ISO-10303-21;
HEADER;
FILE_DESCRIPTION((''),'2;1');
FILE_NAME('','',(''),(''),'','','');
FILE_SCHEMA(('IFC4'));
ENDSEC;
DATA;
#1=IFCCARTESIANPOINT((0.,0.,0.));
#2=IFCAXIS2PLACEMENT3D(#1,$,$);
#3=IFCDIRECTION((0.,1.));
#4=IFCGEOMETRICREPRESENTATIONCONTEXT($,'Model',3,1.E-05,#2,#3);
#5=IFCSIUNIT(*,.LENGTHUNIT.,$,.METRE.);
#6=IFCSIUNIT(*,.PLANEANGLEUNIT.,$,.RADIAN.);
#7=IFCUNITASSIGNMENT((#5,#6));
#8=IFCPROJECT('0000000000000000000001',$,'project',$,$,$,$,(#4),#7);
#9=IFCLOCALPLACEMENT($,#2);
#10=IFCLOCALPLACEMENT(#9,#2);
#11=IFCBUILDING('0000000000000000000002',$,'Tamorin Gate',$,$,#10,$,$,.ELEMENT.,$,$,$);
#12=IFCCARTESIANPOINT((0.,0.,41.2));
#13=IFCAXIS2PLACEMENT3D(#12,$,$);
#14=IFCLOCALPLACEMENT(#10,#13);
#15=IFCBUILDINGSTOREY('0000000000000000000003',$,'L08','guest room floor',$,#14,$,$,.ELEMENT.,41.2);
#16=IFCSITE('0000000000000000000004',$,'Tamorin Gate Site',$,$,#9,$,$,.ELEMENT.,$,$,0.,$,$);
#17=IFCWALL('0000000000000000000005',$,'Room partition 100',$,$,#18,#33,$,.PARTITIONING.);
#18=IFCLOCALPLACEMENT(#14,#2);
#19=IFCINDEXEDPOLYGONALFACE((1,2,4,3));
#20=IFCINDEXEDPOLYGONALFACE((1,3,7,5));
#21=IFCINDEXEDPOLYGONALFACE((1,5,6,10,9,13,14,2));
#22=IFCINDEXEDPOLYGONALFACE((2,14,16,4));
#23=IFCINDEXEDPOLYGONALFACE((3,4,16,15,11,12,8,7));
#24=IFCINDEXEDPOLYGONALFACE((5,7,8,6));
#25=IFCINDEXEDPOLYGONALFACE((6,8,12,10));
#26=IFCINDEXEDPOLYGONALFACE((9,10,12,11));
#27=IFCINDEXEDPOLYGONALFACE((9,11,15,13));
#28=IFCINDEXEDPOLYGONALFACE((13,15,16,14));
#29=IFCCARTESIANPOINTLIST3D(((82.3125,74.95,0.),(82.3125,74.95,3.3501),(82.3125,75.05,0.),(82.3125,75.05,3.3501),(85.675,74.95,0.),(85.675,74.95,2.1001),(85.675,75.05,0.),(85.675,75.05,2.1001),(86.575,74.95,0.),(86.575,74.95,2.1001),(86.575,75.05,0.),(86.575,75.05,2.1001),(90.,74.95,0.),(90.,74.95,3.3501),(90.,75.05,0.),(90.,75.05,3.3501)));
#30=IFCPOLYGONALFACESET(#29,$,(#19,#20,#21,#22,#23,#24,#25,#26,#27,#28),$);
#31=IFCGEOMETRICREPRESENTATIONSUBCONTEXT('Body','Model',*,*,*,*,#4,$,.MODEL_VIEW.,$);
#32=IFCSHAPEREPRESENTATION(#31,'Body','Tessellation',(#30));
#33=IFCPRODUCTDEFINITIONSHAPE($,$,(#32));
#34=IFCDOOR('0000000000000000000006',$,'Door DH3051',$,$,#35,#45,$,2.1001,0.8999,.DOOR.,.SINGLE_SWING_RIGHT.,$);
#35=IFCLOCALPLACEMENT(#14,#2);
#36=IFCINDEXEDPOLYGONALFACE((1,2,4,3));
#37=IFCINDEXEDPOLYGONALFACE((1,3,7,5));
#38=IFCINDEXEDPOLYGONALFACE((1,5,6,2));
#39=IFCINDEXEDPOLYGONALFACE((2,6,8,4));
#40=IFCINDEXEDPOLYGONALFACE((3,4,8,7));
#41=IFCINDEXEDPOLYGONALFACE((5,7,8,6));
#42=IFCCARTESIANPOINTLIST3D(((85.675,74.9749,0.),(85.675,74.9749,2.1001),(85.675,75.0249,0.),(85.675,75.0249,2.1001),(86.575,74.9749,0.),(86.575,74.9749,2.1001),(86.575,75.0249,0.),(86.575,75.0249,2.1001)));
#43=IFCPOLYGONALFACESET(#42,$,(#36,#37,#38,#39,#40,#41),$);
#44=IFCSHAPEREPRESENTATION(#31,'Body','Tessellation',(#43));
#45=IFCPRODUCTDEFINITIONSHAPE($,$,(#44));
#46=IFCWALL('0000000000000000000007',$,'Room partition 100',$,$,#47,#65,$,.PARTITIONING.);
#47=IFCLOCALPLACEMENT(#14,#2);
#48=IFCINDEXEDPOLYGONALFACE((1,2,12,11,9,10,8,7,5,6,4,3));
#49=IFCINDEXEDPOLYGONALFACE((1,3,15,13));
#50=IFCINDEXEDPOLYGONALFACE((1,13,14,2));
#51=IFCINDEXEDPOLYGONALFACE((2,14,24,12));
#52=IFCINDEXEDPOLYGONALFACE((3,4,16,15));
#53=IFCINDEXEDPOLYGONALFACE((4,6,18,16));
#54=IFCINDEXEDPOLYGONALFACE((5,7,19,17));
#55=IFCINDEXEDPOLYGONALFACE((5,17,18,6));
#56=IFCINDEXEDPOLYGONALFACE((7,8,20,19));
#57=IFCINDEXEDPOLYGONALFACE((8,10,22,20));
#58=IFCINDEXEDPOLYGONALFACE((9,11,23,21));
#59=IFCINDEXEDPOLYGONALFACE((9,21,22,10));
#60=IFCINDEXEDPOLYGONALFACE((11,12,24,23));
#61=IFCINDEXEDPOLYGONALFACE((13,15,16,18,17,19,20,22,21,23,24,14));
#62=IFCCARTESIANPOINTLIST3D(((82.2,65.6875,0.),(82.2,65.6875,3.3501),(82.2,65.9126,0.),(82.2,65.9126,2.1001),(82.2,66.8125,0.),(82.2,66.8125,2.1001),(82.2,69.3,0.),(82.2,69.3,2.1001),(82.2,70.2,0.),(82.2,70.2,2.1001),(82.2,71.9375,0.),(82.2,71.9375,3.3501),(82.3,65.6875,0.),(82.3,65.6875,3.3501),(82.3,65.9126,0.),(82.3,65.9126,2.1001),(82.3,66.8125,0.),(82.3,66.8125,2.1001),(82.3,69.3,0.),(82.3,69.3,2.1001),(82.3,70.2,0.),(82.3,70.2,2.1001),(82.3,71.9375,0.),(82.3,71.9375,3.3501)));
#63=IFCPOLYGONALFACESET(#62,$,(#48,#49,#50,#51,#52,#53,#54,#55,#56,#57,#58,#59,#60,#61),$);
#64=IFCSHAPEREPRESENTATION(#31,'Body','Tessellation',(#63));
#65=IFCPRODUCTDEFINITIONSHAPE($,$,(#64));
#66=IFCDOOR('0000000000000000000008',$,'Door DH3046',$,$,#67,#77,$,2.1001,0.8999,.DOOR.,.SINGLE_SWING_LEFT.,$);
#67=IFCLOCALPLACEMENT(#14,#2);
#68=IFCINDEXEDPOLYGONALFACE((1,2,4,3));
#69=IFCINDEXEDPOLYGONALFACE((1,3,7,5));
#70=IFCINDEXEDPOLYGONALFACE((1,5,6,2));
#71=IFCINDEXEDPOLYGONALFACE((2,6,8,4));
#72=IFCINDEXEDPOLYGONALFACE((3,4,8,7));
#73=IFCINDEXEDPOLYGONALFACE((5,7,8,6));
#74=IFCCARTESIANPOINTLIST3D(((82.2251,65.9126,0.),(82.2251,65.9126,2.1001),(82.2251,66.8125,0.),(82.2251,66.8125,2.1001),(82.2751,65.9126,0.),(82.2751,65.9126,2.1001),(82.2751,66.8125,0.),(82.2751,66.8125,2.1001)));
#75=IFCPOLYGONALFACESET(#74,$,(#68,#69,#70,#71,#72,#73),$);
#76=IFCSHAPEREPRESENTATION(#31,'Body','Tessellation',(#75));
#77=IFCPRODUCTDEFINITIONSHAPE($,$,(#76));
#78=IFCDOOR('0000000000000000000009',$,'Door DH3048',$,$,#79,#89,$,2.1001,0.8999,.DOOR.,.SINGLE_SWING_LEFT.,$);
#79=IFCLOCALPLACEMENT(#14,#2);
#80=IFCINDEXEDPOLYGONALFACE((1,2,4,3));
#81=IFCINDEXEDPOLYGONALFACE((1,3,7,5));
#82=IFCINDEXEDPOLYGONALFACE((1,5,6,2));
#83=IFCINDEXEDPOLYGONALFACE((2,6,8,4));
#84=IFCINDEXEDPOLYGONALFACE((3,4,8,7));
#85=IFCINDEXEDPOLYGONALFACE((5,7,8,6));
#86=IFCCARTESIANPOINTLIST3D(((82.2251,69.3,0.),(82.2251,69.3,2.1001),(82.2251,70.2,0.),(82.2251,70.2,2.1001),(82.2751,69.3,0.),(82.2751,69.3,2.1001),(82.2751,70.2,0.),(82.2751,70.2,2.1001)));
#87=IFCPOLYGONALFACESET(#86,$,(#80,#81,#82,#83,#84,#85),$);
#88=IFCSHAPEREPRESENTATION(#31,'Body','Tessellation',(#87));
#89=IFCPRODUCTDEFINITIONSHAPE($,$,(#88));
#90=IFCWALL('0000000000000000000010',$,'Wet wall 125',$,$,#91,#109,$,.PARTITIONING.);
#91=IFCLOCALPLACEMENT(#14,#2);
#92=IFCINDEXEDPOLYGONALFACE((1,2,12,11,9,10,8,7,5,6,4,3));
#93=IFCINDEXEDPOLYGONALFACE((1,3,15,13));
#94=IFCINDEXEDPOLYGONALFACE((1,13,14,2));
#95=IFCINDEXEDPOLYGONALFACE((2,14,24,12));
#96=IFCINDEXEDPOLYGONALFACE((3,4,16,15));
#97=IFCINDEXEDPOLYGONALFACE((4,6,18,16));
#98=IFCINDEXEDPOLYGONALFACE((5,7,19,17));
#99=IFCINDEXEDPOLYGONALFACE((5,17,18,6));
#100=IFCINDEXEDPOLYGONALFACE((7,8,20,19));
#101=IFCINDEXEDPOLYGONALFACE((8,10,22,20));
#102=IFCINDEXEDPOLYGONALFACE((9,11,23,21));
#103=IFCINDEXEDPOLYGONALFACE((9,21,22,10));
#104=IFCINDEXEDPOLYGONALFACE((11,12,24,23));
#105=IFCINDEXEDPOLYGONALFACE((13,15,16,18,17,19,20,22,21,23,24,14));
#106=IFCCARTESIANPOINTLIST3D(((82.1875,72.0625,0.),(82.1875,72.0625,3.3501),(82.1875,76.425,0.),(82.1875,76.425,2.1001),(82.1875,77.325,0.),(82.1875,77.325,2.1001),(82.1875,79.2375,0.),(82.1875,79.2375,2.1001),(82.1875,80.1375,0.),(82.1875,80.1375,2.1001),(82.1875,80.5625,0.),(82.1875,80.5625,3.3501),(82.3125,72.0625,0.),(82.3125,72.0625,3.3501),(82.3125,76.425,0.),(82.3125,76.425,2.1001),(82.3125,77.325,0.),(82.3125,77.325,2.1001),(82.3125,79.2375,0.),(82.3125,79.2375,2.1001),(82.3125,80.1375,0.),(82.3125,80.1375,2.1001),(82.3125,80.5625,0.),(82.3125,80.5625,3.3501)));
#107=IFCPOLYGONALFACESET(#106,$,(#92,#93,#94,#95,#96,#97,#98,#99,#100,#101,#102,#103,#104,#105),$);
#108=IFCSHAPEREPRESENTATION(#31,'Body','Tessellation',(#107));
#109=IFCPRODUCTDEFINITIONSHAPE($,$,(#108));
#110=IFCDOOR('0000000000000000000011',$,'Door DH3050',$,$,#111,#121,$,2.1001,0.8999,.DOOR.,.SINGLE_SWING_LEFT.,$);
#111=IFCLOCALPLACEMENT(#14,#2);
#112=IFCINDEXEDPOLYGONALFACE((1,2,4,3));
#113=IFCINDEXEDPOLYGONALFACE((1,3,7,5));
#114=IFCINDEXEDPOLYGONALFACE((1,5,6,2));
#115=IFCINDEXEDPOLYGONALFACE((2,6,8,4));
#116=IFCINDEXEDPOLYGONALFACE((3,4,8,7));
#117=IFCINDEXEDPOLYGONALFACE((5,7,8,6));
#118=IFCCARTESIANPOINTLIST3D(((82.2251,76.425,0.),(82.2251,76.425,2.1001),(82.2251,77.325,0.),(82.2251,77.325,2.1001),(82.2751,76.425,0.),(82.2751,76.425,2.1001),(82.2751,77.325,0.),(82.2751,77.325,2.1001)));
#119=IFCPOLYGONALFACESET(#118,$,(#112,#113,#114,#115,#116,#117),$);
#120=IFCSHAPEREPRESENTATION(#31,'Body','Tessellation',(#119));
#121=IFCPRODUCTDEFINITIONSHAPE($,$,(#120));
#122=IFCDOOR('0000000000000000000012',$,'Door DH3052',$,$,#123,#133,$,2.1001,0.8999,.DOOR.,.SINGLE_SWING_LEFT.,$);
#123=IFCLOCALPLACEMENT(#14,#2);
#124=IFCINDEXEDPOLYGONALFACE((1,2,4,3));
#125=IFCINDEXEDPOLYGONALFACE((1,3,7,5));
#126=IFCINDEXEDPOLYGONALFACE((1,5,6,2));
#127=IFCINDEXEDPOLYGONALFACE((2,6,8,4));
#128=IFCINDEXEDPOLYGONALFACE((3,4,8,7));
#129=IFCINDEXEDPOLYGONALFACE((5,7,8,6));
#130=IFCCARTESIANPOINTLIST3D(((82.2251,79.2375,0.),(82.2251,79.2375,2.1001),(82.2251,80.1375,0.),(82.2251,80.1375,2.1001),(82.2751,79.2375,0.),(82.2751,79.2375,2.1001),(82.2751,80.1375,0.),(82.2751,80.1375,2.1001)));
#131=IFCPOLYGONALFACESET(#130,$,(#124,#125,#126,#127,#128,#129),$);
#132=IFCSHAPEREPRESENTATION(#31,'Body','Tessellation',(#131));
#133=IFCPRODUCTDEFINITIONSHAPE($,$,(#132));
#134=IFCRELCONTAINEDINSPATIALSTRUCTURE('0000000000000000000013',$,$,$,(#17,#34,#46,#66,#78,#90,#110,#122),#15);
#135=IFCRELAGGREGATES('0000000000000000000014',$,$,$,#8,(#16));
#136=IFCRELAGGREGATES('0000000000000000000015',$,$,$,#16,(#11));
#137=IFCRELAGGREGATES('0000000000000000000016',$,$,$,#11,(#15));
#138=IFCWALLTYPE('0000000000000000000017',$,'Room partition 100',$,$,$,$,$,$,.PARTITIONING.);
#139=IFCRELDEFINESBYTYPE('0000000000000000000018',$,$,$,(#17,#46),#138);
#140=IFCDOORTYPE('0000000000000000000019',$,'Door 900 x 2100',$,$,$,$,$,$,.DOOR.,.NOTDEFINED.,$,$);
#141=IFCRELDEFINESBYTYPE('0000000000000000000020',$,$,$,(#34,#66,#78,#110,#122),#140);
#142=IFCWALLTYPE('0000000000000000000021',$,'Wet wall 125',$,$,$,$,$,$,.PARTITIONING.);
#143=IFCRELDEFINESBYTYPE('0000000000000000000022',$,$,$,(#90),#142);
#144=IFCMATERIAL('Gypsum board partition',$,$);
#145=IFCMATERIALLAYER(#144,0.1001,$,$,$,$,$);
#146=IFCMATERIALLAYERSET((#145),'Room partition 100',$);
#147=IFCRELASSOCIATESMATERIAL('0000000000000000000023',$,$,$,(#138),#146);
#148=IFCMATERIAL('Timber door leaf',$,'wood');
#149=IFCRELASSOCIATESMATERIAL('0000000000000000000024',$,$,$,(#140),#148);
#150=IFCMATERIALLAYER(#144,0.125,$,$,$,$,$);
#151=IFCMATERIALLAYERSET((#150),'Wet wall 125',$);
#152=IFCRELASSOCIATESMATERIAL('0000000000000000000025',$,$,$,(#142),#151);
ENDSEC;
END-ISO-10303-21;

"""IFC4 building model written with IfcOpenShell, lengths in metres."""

from ifc_helpers import new_model, si_unit, direction, frame, frame_2d, origin, place, context, subcontext, project, spatial, rectangle, extrude, material, layer, layer_set, type_object, element, fill, save


model = new_model("IFC4")

# Units and contexts
model_context = context("Model", 3, precision=1e-05, world=origin(), true_north=direction((0.0, 1.0)))
body_context = subcontext(model_context, "Body", "Model", "MODEL_VIEW")
ifc_project = project(units=[si_unit("LENGTHUNIT", "METRE"), si_unit("PLANEANGLEUNIT", "RADIAN")], contexts=[model_context])

# Site, building, storey
site_placement = place(None, origin())
site = spatial("IfcSite", under=ifc_project, at=site_placement, Name="Tamorin Gate Site", CompositionType="ELEMENT", RefElevation=0.0)
building_placement = place(site_placement, origin())
building = spatial("IfcBuilding", under=site, at=building_placement, Name="Tamorin Gate", CompositionType="ELEMENT")
storey_placement = place(building_placement, frame((0.0, 0.0, 41.2)))
storey = spatial("IfcBuildingStorey", under=building, at=storey_placement, Name="L08", Description="guest room floor", CompositionType="ELEMENT", Elevation=41.2)

# Wall, opening, door
ifc_material_1 = material(Name="Gypsum board partition")
ifc_layer_1 = layer(ifc_material_1, 0.1001)
ifc_layer_set_1 = layer_set([ifc_layer_1], Name="Room partition 100")
wall_type_1 = type_object("IfcWallType", Name="Room partition 100", PredefinedType="PARTITIONING", material=ifc_layer_set_1)
wall_1_placement = place(storey_placement, frame((82.3125, 75.0, 0.0), z_axis=(0.0, 0.0, 1.0), x_axis=(1.0, 0.0, 0.0)))
wall_1 = element("IfcWall", 1, at=wall_1_placement, inside=storey, type_object=wall_type_1, Name="Room partition 100", PredefinedType="PARTITIONING", context=body_context, shape_type="SweptSolid", body=[
    extrude(rectangle(XDim=7.6875, YDim=0.1001, at=frame_2d((3.8438, 0.0))), origin(), (0.0, 0.0, 1.0), 3.3501),
])
opening_1_placement = place(wall_1_placement, frame((3.3625, 0.0, 0.0)))
opening_1 = element("IfcOpeningElement", 2, at=opening_1_placement, cuts=wall_1, PredefinedType="OPENING", context=body_context, shape_type="SweptSolid", body=[
    extrude(rectangle(XDim=0.8999, YDim=2.1001, at=frame_2d((0.45, 1.05))), frame((0.0, 0.0601, 0.0), z_axis=(0.0, -1.0, 0.0), x_axis=(1.0, 0.0, 0.0)), (0.0, 0.0, 1.0), 0.1201),
])
ifc_material_2 = material(Name="Timber door leaf", Category="wood")
door_type = type_object("IfcDoorType", Name="Door 900 x 2100", OperationType="NOTDEFINED", PredefinedType="DOOR", material=ifc_material_2)
door_1_placement = place(opening_1_placement, origin())
door_1 = element("IfcDoor", 3, at=door_1_placement, inside=storey, type_object=door_type, Name="Door DH3051", OperationType="SINGLE_SWING_RIGHT", OverallHeight=2.1001, OverallWidth=0.8999, PredefinedType="DOOR", context=body_context, shape_type="SweptSolid", body=[
    extrude(rectangle(XDim=0.8999, YDim=2.1001, at=frame_2d((0.45, 1.05))), frame((0.0, 0.0249, 0.0), z_axis=(0.0, -1.0, 0.0), x_axis=(1.0, 0.0, 0.0)), (0.0, 0.0, 1.0), 0.05),
])
fill(opening_1, door_1)

# Walls, openings, doors
wall_2_placement = place(storey_placement, frame((82.25, 65.6875, 0.0), z_axis=(0.0, 0.0, 1.0), x_axis=(0.0, 1.0, 0.0)))
wall_2 = element("IfcWall", 4, at=wall_2_placement, inside=storey, type_object=wall_type_1, Name="Room partition 100", PredefinedType="PARTITIONING", context=body_context, shape_type="SweptSolid", body=[
    extrude(rectangle(XDim=6.25, YDim=0.1001, at=frame_2d((3.125, 0.0))), origin(), (0.0, 0.0, 1.0), 3.3501),
])
opening_2_placement = place(wall_2_placement, frame((0.2251, 0.0, 0.0)))
opening_2 = element("IfcOpeningElement", 5, at=opening_2_placement, cuts=wall_2, PredefinedType="OPENING", context=body_context, shape_type="SweptSolid", body=[
    extrude(rectangle(XDim=0.8999, YDim=2.1001, at=frame_2d((0.45, 1.05))), frame((0.0, 0.0601, 0.0), z_axis=(0.0, -1.0, 0.0), x_axis=(1.0, 0.0, 0.0)), (0.0, 0.0, 1.0), 0.1201),
])
opening_3_placement = place(wall_2_placement, frame((3.6125, 0.0, 0.0)))
opening_3 = element("IfcOpeningElement", 6, at=opening_3_placement, cuts=wall_2, PredefinedType="OPENING", context=body_context, shape_type="SweptSolid", body=[
    extrude(rectangle(XDim=0.8999, YDim=2.1001, at=frame_2d((0.45, 1.05))), frame((0.0, 0.0601, 0.0), z_axis=(0.0, -1.0, 0.0), x_axis=(1.0, 0.0, 0.0)), (0.0, 0.0, 1.0), 0.1201),
])
door_2_placement = place(opening_2_placement, origin())
door_2 = element("IfcDoor", 7, at=door_2_placement, inside=storey, type_object=door_type, Name="Door DH3046", OperationType="SINGLE_SWING_LEFT", OverallHeight=2.1001, OverallWidth=0.8999, PredefinedType="DOOR", context=body_context, shape_type="SweptSolid", body=[
    extrude(rectangle(XDim=0.8999, YDim=2.1001, at=frame_2d((0.45, 1.05))), frame((0.0, 0.0249, 0.0), z_axis=(0.0, -1.0, 0.0), x_axis=(1.0, 0.0, 0.0)), (0.0, 0.0, 1.0), 0.05),
])
fill(opening_2, door_2)
door_3_placement = place(opening_3_placement, origin())
door_3 = element("IfcDoor", 8, at=door_3_placement, inside=storey, type_object=door_type, Name="Door DH3048", OperationType="SINGLE_SWING_LEFT", OverallHeight=2.1001, OverallWidth=0.8999, PredefinedType="DOOR", context=body_context, shape_type="SweptSolid", body=[
    extrude(rectangle(XDim=0.8999, YDim=2.1001, at=frame_2d((0.45, 1.05))), frame((0.0, 0.0249, 0.0), z_axis=(0.0, -1.0, 0.0), x_axis=(1.0, 0.0, 0.0)), (0.0, 0.0, 1.0), 0.05),
])
fill(opening_3, door_3)
ifc_layer_2 = layer(ifc_material_1, 0.125)
ifc_layer_set_2 = layer_set([ifc_layer_2], Name="Wet wall 125")
wall_type_2 = type_object("IfcWallType", Name="Wet wall 125", PredefinedType="PARTITIONING", material=ifc_layer_set_2)
wall_3_placement = place(storey_placement, frame((82.25, 72.0625, 0.0), z_axis=(0.0, 0.0, 1.0), x_axis=(0.0, 1.0, 0.0)))
wall_3 = element("IfcWall", 9, at=wall_3_placement, inside=storey, type_object=wall_type_2, Name="Wet wall 125", PredefinedType="PARTITIONING", context=body_context, shape_type="SweptSolid", body=[
    extrude(rectangle(XDim=8.5, YDim=0.125, at=frame_2d((4.25, 0.0))), origin(), (0.0, 0.0, 1.0), 3.3501),
])
opening_4_placement = place(wall_3_placement, frame((4.3625, 0.0, 0.0)))
opening_4 = element("IfcOpeningElement", 10, at=opening_4_placement, cuts=wall_3, PredefinedType="OPENING", context=body_context, shape_type="SweptSolid", body=[
    extrude(rectangle(XDim=0.8999, YDim=2.1001, at=frame_2d((0.45, 1.05))), frame((0.0, 0.0725, 0.0), z_axis=(0.0, -1.0, 0.0), x_axis=(1.0, 0.0, 0.0)), (0.0, 0.0, 1.0), 0.145),
])
opening_5_placement = place(wall_3_placement, frame((7.175, 0.0, 0.0)))
opening_5 = element("IfcOpeningElement", 11, at=opening_5_placement, cuts=wall_3, PredefinedType="OPENING", context=body_context, shape_type="SweptSolid", body=[
    extrude(rectangle(XDim=0.8999, YDim=2.1001, at=frame_2d((0.45, 1.05))), frame((0.0, 0.0725, 0.0), z_axis=(0.0, -1.0, 0.0), x_axis=(1.0, 0.0, 0.0)), (0.0, 0.0, 1.0), 0.145),
])
door_4_placement = place(opening_4_placement, origin())
door_4 = element("IfcDoor", 12, at=door_4_placement, inside=storey, type_object=door_type, Name="Door DH3050", OperationType="SINGLE_SWING_LEFT", OverallHeight=2.1001, OverallWidth=0.8999, PredefinedType="DOOR", context=body_context, shape_type="SweptSolid", body=[
    extrude(rectangle(XDim=0.8999, YDim=2.1001, at=frame_2d((0.45, 1.05))), frame((0.0, 0.0249, 0.0), z_axis=(0.0, -1.0, 0.0), x_axis=(1.0, 0.0, 0.0)), (0.0, 0.0, 1.0), 0.05),
])
fill(opening_4, door_4)
door_5_placement = place(opening_5_placement, origin())
door_5 = element("IfcDoor", 13, at=door_5_placement, inside=storey, type_object=door_type, Name="Door DH3052", OperationType="SINGLE_SWING_LEFT", OverallHeight=2.1001, OverallWidth=0.8999, PredefinedType="DOOR", context=body_context, shape_type="SweptSolid", body=[
    extrude(rectangle(XDim=0.8999, YDim=2.1001, at=frame_2d((0.45, 1.05))), frame((0.0, 0.0249, 0.0), z_axis=(0.0, -1.0, 0.0), x_axis=(1.0, 0.0, 0.0)), (0.0, 0.0, 1.0), 0.05),
])
fill(opening_5, door_5)

save(model, "model.ifc")
